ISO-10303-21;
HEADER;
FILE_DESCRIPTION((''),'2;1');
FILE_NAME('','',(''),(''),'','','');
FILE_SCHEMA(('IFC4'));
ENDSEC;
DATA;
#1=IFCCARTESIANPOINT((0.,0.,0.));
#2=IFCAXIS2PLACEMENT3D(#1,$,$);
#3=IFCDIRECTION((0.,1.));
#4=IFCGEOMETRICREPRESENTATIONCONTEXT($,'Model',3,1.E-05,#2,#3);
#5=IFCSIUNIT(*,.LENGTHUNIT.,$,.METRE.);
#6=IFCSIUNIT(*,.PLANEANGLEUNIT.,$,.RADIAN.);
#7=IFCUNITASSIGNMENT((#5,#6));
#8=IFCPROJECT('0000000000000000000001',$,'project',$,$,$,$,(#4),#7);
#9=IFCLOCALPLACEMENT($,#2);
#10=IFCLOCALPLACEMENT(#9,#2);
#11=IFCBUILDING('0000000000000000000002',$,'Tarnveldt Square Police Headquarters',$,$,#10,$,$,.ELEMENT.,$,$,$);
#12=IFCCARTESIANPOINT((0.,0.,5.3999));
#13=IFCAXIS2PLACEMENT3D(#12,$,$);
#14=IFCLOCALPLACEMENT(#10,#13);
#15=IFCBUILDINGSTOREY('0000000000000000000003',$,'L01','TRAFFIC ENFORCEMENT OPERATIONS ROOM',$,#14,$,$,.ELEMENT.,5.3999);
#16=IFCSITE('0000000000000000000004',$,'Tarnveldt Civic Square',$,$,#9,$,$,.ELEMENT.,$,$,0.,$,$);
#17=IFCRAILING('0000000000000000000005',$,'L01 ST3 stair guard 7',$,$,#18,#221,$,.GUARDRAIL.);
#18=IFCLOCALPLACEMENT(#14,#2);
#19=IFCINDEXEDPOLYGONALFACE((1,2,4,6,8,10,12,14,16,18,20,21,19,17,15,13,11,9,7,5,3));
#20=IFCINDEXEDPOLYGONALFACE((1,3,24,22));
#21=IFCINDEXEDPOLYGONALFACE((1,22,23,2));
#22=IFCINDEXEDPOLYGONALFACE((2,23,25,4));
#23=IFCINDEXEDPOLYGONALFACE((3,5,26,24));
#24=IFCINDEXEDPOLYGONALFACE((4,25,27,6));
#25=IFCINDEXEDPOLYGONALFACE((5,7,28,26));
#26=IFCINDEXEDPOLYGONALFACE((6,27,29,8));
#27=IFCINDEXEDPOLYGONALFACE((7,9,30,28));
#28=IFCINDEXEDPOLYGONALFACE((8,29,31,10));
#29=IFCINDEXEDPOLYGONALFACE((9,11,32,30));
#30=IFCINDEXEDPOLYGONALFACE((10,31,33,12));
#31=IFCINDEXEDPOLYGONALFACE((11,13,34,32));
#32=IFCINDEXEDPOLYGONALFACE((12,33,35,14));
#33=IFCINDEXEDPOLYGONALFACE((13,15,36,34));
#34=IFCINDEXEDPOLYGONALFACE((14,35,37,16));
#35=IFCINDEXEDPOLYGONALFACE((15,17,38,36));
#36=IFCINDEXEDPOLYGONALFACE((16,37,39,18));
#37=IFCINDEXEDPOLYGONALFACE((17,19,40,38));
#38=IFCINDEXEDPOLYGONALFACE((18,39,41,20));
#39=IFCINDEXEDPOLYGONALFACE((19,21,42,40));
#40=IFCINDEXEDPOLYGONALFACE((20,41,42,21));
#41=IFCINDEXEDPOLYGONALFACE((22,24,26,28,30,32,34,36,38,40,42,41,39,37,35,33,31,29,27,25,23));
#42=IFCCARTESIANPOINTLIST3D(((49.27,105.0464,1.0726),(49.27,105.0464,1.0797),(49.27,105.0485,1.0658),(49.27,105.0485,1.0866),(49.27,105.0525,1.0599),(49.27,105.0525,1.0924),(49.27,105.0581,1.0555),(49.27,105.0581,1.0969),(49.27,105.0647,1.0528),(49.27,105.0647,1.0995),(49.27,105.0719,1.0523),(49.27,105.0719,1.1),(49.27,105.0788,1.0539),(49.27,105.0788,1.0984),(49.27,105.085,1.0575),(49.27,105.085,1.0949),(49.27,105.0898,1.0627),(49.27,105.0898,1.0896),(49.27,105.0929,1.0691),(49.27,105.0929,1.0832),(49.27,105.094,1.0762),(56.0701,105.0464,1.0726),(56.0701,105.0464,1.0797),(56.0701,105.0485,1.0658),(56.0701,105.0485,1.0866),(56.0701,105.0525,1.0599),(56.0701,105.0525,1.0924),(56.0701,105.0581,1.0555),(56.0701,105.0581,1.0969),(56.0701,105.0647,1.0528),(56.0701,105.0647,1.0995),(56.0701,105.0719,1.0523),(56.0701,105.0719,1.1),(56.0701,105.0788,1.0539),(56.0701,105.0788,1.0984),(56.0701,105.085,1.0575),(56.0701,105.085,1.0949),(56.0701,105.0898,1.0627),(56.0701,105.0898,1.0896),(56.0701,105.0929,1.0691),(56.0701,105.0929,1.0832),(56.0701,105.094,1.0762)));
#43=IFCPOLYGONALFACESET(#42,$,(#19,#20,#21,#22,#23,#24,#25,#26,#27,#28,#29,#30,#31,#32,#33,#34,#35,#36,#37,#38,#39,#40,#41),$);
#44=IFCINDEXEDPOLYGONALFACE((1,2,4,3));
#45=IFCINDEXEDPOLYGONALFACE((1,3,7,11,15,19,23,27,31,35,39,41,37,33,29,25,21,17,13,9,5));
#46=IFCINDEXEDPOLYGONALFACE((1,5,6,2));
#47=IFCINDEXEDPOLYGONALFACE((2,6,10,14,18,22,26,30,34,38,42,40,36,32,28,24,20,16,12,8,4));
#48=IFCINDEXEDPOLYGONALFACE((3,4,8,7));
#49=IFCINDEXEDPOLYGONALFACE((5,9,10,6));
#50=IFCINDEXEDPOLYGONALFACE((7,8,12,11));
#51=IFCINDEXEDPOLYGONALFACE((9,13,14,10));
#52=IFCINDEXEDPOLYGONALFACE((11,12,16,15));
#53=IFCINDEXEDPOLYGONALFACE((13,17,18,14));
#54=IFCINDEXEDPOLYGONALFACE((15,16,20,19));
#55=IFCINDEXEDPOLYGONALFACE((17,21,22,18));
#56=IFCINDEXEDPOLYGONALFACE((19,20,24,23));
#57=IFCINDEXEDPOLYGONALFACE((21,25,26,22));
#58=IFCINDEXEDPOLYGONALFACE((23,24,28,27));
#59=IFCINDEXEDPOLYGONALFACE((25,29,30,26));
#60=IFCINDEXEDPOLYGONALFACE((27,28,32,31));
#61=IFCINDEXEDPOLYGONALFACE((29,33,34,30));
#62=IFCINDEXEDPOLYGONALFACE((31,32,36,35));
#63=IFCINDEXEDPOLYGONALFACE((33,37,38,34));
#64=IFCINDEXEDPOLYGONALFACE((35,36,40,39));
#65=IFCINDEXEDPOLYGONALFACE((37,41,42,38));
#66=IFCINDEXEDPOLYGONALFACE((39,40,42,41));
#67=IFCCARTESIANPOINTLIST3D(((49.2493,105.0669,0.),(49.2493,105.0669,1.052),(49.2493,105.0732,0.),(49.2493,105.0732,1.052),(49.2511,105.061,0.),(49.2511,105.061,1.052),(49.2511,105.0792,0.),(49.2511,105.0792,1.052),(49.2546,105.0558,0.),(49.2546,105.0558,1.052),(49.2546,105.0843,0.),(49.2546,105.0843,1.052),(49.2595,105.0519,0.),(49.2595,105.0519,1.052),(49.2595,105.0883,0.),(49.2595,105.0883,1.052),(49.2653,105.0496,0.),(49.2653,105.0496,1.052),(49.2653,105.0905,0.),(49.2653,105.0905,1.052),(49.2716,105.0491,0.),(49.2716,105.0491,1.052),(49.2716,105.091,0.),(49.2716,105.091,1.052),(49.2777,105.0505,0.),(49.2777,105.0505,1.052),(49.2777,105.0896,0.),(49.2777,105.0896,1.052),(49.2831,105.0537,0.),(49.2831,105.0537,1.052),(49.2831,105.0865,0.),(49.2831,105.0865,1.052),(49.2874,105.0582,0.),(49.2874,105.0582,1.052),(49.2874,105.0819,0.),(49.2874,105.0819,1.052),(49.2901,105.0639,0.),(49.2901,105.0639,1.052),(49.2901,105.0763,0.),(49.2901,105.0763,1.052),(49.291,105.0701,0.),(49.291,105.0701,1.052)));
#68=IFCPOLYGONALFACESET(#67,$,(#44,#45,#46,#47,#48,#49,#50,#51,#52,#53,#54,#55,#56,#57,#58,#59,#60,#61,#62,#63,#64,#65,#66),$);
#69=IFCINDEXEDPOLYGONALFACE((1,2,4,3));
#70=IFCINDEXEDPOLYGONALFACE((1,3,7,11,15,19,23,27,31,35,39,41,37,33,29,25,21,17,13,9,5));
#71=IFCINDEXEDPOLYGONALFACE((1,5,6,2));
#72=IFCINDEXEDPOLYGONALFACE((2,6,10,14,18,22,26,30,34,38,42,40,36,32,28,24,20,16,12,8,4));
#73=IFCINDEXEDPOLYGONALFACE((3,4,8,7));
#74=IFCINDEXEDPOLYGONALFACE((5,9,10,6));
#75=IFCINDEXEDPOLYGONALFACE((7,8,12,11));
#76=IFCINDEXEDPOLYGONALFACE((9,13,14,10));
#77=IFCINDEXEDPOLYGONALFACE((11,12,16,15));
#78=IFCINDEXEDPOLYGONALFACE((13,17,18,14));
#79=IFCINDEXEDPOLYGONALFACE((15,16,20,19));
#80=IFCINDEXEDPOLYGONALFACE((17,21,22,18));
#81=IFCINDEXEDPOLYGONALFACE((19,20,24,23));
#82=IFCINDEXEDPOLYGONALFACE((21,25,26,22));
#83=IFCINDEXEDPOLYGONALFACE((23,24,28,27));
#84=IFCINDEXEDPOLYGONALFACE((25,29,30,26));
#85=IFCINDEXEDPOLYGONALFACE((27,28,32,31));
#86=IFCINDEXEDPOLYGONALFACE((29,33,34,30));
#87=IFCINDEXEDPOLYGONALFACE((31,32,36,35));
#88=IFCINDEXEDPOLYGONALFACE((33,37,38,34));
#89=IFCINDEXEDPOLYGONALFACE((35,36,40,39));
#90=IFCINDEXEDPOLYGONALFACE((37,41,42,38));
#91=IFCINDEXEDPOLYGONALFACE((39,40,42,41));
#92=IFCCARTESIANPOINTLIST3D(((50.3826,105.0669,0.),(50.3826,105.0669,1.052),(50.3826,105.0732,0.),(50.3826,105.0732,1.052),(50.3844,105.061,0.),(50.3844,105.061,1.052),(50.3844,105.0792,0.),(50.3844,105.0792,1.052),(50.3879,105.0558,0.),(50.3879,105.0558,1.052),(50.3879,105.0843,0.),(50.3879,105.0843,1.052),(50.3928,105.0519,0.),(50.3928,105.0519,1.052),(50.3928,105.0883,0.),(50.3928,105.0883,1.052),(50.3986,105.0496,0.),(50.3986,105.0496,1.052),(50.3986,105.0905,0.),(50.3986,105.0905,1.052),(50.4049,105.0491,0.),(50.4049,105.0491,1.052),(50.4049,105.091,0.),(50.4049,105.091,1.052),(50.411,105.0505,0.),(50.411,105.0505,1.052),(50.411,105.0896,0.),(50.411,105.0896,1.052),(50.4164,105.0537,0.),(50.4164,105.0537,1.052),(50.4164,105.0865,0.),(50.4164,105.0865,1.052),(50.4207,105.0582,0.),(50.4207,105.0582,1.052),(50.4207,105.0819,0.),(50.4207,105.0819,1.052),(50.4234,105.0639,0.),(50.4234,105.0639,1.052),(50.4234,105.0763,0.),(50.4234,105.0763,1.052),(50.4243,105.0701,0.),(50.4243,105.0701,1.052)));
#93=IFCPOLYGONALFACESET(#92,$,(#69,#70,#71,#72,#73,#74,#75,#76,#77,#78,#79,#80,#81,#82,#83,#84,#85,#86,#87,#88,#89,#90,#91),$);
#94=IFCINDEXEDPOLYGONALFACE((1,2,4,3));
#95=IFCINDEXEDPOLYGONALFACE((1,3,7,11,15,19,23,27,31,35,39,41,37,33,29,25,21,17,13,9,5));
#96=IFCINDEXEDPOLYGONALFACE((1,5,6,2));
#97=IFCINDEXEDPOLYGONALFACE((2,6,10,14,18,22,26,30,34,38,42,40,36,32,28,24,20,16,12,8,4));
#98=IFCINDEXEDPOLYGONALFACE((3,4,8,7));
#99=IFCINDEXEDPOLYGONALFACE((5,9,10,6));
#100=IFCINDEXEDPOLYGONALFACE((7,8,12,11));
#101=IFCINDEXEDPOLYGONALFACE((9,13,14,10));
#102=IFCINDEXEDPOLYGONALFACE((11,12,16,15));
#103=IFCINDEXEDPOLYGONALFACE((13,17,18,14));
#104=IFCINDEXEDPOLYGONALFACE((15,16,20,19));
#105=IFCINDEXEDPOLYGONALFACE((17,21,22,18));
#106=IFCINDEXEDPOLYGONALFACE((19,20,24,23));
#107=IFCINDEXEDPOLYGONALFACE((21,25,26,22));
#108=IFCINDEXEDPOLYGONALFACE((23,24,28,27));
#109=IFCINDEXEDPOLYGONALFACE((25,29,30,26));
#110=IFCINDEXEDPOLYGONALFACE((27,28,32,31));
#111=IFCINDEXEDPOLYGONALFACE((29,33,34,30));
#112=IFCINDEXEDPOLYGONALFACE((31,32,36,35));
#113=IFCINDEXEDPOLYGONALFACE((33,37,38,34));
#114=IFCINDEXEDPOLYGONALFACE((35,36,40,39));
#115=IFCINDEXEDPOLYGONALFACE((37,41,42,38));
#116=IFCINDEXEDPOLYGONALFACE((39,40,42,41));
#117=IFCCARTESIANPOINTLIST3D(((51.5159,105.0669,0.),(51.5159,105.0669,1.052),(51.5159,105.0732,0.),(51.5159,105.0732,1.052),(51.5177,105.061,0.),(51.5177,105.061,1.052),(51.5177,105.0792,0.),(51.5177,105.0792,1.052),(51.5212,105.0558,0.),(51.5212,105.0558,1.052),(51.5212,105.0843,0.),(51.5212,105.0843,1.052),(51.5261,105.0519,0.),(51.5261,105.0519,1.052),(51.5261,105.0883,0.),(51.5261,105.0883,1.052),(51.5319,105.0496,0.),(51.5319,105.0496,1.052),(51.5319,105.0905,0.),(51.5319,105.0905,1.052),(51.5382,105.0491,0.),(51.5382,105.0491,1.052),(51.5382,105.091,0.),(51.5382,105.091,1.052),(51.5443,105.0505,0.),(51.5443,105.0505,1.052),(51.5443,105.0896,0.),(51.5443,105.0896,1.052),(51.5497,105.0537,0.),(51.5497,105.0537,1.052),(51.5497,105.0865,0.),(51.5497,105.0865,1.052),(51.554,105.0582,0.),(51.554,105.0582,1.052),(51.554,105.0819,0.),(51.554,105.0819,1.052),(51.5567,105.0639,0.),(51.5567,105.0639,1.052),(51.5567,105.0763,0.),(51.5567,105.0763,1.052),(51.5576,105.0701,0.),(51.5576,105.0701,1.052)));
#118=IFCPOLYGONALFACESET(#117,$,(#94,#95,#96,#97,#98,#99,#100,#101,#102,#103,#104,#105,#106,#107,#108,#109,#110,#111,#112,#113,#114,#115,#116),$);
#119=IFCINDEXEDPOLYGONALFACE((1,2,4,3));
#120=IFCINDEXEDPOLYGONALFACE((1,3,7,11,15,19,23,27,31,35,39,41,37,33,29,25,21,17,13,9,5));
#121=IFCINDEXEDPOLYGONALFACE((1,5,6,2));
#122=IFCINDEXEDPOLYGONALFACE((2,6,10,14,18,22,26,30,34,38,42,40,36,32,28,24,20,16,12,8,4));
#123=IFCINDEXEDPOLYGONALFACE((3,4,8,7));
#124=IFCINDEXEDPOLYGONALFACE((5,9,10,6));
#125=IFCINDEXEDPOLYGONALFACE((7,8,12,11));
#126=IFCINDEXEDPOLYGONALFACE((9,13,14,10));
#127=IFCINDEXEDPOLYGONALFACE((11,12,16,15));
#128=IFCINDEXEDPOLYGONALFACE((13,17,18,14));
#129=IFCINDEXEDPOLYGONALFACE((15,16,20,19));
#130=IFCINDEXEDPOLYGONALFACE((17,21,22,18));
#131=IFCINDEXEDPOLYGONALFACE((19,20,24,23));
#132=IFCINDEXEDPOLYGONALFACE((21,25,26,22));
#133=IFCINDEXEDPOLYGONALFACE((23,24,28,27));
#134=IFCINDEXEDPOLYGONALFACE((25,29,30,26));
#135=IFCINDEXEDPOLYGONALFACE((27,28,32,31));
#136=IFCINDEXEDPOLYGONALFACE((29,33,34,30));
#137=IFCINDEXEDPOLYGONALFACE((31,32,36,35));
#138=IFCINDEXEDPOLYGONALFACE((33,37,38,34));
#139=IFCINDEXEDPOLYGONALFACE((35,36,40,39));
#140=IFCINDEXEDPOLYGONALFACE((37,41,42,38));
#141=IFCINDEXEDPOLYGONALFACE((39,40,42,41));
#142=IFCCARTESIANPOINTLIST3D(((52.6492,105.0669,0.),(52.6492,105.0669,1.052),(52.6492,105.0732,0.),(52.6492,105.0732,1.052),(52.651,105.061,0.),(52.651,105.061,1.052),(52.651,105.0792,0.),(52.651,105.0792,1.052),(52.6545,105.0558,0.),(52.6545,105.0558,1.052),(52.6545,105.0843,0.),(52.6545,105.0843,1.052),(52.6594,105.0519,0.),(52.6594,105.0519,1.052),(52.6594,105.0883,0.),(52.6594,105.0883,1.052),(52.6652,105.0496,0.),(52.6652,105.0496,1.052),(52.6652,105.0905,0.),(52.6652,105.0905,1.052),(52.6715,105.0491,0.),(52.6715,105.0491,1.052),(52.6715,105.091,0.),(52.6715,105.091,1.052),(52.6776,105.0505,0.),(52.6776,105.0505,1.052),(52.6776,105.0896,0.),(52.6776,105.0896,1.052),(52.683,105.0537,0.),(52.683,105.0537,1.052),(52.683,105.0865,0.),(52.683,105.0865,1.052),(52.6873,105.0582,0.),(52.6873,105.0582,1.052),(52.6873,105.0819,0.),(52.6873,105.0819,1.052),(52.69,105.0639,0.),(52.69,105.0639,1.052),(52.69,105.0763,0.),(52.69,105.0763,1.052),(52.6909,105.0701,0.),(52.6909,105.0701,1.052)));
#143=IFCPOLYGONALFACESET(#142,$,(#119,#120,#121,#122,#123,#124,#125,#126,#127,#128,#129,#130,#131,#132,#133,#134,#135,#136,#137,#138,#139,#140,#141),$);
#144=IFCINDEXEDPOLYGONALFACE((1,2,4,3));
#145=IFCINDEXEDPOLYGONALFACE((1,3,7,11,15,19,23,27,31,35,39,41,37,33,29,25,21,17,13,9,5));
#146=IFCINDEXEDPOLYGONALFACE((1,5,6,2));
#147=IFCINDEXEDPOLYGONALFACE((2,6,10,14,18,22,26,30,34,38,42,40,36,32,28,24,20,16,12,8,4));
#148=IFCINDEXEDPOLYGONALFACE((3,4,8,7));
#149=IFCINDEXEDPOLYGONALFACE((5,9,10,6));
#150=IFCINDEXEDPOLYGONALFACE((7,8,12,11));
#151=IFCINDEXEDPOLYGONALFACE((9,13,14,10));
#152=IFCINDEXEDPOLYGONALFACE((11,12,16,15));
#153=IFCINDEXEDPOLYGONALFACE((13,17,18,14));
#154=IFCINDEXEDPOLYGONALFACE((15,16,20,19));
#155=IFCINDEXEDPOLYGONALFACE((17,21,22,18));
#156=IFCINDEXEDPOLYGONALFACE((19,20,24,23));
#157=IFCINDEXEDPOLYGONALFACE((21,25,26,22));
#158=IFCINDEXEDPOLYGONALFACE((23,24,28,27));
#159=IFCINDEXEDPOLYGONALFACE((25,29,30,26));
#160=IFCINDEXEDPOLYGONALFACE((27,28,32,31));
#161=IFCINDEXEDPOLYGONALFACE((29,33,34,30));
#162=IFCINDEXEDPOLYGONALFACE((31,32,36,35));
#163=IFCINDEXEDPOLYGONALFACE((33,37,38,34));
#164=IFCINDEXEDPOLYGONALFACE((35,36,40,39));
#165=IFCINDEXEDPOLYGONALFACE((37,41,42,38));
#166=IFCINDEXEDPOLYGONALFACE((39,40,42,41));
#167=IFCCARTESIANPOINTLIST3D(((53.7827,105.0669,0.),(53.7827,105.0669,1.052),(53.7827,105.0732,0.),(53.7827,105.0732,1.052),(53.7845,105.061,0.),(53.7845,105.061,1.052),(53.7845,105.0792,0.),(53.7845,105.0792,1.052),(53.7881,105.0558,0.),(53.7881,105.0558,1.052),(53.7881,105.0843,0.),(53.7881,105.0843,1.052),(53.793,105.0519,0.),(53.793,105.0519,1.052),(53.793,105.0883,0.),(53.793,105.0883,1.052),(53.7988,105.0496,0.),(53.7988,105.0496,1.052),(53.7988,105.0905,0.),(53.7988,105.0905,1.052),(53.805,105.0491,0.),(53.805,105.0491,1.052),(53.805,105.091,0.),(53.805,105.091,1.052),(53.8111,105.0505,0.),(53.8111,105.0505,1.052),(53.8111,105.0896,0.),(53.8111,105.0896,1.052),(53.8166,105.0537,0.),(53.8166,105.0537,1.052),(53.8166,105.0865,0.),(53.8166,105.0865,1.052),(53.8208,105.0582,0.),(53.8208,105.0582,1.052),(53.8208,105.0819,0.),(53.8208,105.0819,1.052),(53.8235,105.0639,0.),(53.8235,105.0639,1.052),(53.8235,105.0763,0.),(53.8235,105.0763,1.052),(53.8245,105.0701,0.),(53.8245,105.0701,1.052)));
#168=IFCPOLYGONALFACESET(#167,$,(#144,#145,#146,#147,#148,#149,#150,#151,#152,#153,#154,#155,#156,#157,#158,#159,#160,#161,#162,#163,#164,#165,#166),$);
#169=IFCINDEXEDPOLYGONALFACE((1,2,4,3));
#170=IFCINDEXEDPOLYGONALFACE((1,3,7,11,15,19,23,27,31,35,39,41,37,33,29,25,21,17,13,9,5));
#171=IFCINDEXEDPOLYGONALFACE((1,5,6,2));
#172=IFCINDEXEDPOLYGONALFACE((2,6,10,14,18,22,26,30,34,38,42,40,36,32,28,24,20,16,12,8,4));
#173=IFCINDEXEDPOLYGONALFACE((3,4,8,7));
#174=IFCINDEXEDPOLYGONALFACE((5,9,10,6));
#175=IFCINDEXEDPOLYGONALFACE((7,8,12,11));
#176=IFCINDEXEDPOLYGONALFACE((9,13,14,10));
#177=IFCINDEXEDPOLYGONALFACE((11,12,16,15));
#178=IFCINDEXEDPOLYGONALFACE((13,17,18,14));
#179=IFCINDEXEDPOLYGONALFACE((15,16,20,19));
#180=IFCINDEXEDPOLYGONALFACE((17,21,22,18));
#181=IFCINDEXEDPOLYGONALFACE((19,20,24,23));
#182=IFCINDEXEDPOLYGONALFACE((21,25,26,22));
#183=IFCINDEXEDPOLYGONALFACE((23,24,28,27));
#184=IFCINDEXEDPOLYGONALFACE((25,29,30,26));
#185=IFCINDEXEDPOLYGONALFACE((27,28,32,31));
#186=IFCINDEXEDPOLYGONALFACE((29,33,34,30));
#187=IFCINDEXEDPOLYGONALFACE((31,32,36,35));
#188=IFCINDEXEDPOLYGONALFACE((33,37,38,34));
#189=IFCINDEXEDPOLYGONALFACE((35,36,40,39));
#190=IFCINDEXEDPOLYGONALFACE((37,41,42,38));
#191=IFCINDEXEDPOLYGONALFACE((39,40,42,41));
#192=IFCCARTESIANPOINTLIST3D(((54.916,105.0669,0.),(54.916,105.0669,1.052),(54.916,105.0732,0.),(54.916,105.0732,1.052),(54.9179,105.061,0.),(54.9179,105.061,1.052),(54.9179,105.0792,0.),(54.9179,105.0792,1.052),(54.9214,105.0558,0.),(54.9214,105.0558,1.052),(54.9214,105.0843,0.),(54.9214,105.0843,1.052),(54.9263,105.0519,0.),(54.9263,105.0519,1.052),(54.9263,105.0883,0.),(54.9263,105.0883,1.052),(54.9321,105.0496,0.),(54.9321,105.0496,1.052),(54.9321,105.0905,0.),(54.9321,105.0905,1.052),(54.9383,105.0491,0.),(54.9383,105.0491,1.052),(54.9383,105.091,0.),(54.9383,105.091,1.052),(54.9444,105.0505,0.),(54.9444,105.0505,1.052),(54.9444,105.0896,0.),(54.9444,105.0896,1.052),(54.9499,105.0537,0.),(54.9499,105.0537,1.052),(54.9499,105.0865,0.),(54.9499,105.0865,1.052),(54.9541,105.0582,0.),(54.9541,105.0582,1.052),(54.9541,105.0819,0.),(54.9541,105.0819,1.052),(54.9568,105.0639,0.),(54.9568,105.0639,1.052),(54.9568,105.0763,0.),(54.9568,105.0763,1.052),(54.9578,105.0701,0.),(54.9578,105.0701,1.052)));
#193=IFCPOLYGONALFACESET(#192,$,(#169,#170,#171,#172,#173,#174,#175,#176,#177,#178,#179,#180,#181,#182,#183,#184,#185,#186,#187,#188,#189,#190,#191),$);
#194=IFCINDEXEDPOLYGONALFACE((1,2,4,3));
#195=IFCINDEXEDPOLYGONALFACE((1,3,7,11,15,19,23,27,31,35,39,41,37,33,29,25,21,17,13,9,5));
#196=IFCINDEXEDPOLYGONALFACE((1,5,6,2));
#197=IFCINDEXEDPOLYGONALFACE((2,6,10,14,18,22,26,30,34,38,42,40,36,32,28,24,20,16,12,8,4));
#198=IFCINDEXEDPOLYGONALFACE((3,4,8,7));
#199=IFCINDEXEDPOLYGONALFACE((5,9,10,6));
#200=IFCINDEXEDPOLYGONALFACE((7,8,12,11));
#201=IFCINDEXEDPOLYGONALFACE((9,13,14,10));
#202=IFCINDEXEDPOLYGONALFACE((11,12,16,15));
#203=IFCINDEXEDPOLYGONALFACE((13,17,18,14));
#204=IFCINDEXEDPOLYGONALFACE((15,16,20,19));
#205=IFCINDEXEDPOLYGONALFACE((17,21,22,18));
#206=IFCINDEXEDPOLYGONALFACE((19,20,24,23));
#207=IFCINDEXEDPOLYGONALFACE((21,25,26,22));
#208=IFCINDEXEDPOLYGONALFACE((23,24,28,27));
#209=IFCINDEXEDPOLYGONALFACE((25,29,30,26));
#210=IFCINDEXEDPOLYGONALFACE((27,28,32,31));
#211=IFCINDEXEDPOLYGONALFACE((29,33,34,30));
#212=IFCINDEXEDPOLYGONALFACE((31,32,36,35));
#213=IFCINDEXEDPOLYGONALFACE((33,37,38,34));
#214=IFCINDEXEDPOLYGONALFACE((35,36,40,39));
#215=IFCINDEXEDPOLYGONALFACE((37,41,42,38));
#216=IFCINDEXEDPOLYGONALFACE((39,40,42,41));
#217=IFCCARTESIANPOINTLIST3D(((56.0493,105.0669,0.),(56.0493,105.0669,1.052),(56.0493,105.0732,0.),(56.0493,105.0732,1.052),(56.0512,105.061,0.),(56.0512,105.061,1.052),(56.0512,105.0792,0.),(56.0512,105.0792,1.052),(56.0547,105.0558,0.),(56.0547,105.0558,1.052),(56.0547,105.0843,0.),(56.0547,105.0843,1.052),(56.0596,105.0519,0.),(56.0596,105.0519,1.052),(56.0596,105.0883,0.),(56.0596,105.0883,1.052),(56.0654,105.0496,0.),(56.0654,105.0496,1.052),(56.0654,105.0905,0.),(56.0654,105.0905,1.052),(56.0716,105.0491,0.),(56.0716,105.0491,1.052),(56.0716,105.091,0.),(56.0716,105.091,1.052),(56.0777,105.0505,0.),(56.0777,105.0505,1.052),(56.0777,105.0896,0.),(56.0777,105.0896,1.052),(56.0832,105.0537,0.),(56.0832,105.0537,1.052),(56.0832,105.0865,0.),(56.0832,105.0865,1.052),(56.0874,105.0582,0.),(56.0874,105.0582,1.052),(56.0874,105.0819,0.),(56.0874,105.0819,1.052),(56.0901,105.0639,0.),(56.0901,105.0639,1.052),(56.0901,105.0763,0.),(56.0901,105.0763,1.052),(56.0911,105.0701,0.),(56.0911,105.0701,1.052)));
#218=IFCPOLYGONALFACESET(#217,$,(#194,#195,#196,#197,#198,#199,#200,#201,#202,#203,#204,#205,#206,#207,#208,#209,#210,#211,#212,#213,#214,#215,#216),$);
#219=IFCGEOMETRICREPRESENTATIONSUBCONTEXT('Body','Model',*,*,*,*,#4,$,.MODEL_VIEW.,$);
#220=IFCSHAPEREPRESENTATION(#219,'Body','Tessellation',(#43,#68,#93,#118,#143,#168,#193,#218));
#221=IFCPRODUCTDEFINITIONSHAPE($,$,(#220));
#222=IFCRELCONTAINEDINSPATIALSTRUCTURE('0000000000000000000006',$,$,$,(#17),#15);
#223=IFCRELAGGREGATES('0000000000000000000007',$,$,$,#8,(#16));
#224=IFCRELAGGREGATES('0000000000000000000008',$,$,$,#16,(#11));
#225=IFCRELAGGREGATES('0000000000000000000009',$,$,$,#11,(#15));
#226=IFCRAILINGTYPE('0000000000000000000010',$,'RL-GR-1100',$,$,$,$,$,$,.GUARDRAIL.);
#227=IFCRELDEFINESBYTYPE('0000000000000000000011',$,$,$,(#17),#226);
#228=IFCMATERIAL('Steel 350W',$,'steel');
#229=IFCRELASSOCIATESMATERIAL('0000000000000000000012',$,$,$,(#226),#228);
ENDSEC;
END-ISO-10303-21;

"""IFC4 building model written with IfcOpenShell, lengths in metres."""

from ifc_helpers import new_model, si_unit, direction, frame, origin, origin_2d, place, context, subcontext, project, spatial, circle, extrude, material, type_object, element, save


model = new_model("IFC4")

# Units and contexts
model_context = context("Model", 3, precision=1e-05, world=origin(), true_north=direction((0.0, 1.0)))
body_context = subcontext(model_context, "Body", "Model", "MODEL_VIEW")
ifc_project = project(units=[si_unit("LENGTHUNIT", "METRE"), si_unit("PLANEANGLEUNIT", "RADIAN")], contexts=[model_context])

# Site, building, storey
site_placement = place(None, origin())
site = spatial("IfcSite", under=ifc_project, at=site_placement, Name="Tarnveldt Civic Square", CompositionType="ELEMENT", RefElevation=0.0)
building_placement = place(site_placement, origin())
building = spatial("IfcBuilding", under=site, at=building_placement, Name="Tarnveldt Square Police Headquarters", CompositionType="ELEMENT")
storey_placement = place(building_placement, frame((0.0, 0.0, 5.3999)))
storey = spatial("IfcBuildingStorey", under=building, at=storey_placement, Name="L01", Description="TRAFFIC ENFORCEMENT OPERATIONS ROOM", CompositionType="ELEMENT", Elevation=5.3999)

# Railing
ifc_material_1 = material(Name="Steel 350W", Category="steel")
railing_type_1 = type_object("IfcRailingType", Name="RL-GR-1100", PredefinedType="GUARDRAIL", material=ifc_material_1)
railing_1_placement = place(storey_placement, frame((49.27, 105.0701, 0.0)))
element("IfcRailing", 1, at=railing_1_placement, inside=storey, type_object=railing_type_1, Name="L01 ST3 stair guard 7", PredefinedType="GUARDRAIL", context=body_context, shape_type="SweptSolid", body=[
    extrude(circle(Radius=0.0239, at=origin_2d()), frame((0.0, 0.0, 1.0762), z_axis=(1.0, 0.0, 0.0), x_axis=(0.0, 1.0, 0.0)), (0.0, 0.0, 1.0), 6.8),
    extrude(circle(Radius=0.021, at=origin_2d()), origin(), (0.0, 0.0, 1.0), 1.052),
    extrude(circle(Radius=0.021, at=origin_2d()), frame((1.1333, 0.0, 0.0)), (0.0, 0.0, 1.0), 1.052),
    extrude(circle(Radius=0.021, at=origin_2d()), frame((2.2666, 0.0, 0.0)), (0.0, 0.0, 1.0), 1.052),
    extrude(circle(Radius=0.021, at=origin_2d()), frame((3.3999, 0.0, 0.0)), (0.0, 0.0, 1.0), 1.052),
    extrude(circle(Radius=0.021, at=origin_2d()), frame((4.5334, 0.0, 0.0)), (0.0, 0.0, 1.0), 1.052),
    extrude(circle(Radius=0.021, at=origin_2d()), frame((5.6667, 0.0, 0.0)), (0.0, 0.0, 1.0), 1.052),
    extrude(circle(Radius=0.021, at=origin_2d()), frame((6.8, 0.0, 0.0)), (0.0, 0.0, 1.0), 1.052),
])

save(model, "model.ifc")
